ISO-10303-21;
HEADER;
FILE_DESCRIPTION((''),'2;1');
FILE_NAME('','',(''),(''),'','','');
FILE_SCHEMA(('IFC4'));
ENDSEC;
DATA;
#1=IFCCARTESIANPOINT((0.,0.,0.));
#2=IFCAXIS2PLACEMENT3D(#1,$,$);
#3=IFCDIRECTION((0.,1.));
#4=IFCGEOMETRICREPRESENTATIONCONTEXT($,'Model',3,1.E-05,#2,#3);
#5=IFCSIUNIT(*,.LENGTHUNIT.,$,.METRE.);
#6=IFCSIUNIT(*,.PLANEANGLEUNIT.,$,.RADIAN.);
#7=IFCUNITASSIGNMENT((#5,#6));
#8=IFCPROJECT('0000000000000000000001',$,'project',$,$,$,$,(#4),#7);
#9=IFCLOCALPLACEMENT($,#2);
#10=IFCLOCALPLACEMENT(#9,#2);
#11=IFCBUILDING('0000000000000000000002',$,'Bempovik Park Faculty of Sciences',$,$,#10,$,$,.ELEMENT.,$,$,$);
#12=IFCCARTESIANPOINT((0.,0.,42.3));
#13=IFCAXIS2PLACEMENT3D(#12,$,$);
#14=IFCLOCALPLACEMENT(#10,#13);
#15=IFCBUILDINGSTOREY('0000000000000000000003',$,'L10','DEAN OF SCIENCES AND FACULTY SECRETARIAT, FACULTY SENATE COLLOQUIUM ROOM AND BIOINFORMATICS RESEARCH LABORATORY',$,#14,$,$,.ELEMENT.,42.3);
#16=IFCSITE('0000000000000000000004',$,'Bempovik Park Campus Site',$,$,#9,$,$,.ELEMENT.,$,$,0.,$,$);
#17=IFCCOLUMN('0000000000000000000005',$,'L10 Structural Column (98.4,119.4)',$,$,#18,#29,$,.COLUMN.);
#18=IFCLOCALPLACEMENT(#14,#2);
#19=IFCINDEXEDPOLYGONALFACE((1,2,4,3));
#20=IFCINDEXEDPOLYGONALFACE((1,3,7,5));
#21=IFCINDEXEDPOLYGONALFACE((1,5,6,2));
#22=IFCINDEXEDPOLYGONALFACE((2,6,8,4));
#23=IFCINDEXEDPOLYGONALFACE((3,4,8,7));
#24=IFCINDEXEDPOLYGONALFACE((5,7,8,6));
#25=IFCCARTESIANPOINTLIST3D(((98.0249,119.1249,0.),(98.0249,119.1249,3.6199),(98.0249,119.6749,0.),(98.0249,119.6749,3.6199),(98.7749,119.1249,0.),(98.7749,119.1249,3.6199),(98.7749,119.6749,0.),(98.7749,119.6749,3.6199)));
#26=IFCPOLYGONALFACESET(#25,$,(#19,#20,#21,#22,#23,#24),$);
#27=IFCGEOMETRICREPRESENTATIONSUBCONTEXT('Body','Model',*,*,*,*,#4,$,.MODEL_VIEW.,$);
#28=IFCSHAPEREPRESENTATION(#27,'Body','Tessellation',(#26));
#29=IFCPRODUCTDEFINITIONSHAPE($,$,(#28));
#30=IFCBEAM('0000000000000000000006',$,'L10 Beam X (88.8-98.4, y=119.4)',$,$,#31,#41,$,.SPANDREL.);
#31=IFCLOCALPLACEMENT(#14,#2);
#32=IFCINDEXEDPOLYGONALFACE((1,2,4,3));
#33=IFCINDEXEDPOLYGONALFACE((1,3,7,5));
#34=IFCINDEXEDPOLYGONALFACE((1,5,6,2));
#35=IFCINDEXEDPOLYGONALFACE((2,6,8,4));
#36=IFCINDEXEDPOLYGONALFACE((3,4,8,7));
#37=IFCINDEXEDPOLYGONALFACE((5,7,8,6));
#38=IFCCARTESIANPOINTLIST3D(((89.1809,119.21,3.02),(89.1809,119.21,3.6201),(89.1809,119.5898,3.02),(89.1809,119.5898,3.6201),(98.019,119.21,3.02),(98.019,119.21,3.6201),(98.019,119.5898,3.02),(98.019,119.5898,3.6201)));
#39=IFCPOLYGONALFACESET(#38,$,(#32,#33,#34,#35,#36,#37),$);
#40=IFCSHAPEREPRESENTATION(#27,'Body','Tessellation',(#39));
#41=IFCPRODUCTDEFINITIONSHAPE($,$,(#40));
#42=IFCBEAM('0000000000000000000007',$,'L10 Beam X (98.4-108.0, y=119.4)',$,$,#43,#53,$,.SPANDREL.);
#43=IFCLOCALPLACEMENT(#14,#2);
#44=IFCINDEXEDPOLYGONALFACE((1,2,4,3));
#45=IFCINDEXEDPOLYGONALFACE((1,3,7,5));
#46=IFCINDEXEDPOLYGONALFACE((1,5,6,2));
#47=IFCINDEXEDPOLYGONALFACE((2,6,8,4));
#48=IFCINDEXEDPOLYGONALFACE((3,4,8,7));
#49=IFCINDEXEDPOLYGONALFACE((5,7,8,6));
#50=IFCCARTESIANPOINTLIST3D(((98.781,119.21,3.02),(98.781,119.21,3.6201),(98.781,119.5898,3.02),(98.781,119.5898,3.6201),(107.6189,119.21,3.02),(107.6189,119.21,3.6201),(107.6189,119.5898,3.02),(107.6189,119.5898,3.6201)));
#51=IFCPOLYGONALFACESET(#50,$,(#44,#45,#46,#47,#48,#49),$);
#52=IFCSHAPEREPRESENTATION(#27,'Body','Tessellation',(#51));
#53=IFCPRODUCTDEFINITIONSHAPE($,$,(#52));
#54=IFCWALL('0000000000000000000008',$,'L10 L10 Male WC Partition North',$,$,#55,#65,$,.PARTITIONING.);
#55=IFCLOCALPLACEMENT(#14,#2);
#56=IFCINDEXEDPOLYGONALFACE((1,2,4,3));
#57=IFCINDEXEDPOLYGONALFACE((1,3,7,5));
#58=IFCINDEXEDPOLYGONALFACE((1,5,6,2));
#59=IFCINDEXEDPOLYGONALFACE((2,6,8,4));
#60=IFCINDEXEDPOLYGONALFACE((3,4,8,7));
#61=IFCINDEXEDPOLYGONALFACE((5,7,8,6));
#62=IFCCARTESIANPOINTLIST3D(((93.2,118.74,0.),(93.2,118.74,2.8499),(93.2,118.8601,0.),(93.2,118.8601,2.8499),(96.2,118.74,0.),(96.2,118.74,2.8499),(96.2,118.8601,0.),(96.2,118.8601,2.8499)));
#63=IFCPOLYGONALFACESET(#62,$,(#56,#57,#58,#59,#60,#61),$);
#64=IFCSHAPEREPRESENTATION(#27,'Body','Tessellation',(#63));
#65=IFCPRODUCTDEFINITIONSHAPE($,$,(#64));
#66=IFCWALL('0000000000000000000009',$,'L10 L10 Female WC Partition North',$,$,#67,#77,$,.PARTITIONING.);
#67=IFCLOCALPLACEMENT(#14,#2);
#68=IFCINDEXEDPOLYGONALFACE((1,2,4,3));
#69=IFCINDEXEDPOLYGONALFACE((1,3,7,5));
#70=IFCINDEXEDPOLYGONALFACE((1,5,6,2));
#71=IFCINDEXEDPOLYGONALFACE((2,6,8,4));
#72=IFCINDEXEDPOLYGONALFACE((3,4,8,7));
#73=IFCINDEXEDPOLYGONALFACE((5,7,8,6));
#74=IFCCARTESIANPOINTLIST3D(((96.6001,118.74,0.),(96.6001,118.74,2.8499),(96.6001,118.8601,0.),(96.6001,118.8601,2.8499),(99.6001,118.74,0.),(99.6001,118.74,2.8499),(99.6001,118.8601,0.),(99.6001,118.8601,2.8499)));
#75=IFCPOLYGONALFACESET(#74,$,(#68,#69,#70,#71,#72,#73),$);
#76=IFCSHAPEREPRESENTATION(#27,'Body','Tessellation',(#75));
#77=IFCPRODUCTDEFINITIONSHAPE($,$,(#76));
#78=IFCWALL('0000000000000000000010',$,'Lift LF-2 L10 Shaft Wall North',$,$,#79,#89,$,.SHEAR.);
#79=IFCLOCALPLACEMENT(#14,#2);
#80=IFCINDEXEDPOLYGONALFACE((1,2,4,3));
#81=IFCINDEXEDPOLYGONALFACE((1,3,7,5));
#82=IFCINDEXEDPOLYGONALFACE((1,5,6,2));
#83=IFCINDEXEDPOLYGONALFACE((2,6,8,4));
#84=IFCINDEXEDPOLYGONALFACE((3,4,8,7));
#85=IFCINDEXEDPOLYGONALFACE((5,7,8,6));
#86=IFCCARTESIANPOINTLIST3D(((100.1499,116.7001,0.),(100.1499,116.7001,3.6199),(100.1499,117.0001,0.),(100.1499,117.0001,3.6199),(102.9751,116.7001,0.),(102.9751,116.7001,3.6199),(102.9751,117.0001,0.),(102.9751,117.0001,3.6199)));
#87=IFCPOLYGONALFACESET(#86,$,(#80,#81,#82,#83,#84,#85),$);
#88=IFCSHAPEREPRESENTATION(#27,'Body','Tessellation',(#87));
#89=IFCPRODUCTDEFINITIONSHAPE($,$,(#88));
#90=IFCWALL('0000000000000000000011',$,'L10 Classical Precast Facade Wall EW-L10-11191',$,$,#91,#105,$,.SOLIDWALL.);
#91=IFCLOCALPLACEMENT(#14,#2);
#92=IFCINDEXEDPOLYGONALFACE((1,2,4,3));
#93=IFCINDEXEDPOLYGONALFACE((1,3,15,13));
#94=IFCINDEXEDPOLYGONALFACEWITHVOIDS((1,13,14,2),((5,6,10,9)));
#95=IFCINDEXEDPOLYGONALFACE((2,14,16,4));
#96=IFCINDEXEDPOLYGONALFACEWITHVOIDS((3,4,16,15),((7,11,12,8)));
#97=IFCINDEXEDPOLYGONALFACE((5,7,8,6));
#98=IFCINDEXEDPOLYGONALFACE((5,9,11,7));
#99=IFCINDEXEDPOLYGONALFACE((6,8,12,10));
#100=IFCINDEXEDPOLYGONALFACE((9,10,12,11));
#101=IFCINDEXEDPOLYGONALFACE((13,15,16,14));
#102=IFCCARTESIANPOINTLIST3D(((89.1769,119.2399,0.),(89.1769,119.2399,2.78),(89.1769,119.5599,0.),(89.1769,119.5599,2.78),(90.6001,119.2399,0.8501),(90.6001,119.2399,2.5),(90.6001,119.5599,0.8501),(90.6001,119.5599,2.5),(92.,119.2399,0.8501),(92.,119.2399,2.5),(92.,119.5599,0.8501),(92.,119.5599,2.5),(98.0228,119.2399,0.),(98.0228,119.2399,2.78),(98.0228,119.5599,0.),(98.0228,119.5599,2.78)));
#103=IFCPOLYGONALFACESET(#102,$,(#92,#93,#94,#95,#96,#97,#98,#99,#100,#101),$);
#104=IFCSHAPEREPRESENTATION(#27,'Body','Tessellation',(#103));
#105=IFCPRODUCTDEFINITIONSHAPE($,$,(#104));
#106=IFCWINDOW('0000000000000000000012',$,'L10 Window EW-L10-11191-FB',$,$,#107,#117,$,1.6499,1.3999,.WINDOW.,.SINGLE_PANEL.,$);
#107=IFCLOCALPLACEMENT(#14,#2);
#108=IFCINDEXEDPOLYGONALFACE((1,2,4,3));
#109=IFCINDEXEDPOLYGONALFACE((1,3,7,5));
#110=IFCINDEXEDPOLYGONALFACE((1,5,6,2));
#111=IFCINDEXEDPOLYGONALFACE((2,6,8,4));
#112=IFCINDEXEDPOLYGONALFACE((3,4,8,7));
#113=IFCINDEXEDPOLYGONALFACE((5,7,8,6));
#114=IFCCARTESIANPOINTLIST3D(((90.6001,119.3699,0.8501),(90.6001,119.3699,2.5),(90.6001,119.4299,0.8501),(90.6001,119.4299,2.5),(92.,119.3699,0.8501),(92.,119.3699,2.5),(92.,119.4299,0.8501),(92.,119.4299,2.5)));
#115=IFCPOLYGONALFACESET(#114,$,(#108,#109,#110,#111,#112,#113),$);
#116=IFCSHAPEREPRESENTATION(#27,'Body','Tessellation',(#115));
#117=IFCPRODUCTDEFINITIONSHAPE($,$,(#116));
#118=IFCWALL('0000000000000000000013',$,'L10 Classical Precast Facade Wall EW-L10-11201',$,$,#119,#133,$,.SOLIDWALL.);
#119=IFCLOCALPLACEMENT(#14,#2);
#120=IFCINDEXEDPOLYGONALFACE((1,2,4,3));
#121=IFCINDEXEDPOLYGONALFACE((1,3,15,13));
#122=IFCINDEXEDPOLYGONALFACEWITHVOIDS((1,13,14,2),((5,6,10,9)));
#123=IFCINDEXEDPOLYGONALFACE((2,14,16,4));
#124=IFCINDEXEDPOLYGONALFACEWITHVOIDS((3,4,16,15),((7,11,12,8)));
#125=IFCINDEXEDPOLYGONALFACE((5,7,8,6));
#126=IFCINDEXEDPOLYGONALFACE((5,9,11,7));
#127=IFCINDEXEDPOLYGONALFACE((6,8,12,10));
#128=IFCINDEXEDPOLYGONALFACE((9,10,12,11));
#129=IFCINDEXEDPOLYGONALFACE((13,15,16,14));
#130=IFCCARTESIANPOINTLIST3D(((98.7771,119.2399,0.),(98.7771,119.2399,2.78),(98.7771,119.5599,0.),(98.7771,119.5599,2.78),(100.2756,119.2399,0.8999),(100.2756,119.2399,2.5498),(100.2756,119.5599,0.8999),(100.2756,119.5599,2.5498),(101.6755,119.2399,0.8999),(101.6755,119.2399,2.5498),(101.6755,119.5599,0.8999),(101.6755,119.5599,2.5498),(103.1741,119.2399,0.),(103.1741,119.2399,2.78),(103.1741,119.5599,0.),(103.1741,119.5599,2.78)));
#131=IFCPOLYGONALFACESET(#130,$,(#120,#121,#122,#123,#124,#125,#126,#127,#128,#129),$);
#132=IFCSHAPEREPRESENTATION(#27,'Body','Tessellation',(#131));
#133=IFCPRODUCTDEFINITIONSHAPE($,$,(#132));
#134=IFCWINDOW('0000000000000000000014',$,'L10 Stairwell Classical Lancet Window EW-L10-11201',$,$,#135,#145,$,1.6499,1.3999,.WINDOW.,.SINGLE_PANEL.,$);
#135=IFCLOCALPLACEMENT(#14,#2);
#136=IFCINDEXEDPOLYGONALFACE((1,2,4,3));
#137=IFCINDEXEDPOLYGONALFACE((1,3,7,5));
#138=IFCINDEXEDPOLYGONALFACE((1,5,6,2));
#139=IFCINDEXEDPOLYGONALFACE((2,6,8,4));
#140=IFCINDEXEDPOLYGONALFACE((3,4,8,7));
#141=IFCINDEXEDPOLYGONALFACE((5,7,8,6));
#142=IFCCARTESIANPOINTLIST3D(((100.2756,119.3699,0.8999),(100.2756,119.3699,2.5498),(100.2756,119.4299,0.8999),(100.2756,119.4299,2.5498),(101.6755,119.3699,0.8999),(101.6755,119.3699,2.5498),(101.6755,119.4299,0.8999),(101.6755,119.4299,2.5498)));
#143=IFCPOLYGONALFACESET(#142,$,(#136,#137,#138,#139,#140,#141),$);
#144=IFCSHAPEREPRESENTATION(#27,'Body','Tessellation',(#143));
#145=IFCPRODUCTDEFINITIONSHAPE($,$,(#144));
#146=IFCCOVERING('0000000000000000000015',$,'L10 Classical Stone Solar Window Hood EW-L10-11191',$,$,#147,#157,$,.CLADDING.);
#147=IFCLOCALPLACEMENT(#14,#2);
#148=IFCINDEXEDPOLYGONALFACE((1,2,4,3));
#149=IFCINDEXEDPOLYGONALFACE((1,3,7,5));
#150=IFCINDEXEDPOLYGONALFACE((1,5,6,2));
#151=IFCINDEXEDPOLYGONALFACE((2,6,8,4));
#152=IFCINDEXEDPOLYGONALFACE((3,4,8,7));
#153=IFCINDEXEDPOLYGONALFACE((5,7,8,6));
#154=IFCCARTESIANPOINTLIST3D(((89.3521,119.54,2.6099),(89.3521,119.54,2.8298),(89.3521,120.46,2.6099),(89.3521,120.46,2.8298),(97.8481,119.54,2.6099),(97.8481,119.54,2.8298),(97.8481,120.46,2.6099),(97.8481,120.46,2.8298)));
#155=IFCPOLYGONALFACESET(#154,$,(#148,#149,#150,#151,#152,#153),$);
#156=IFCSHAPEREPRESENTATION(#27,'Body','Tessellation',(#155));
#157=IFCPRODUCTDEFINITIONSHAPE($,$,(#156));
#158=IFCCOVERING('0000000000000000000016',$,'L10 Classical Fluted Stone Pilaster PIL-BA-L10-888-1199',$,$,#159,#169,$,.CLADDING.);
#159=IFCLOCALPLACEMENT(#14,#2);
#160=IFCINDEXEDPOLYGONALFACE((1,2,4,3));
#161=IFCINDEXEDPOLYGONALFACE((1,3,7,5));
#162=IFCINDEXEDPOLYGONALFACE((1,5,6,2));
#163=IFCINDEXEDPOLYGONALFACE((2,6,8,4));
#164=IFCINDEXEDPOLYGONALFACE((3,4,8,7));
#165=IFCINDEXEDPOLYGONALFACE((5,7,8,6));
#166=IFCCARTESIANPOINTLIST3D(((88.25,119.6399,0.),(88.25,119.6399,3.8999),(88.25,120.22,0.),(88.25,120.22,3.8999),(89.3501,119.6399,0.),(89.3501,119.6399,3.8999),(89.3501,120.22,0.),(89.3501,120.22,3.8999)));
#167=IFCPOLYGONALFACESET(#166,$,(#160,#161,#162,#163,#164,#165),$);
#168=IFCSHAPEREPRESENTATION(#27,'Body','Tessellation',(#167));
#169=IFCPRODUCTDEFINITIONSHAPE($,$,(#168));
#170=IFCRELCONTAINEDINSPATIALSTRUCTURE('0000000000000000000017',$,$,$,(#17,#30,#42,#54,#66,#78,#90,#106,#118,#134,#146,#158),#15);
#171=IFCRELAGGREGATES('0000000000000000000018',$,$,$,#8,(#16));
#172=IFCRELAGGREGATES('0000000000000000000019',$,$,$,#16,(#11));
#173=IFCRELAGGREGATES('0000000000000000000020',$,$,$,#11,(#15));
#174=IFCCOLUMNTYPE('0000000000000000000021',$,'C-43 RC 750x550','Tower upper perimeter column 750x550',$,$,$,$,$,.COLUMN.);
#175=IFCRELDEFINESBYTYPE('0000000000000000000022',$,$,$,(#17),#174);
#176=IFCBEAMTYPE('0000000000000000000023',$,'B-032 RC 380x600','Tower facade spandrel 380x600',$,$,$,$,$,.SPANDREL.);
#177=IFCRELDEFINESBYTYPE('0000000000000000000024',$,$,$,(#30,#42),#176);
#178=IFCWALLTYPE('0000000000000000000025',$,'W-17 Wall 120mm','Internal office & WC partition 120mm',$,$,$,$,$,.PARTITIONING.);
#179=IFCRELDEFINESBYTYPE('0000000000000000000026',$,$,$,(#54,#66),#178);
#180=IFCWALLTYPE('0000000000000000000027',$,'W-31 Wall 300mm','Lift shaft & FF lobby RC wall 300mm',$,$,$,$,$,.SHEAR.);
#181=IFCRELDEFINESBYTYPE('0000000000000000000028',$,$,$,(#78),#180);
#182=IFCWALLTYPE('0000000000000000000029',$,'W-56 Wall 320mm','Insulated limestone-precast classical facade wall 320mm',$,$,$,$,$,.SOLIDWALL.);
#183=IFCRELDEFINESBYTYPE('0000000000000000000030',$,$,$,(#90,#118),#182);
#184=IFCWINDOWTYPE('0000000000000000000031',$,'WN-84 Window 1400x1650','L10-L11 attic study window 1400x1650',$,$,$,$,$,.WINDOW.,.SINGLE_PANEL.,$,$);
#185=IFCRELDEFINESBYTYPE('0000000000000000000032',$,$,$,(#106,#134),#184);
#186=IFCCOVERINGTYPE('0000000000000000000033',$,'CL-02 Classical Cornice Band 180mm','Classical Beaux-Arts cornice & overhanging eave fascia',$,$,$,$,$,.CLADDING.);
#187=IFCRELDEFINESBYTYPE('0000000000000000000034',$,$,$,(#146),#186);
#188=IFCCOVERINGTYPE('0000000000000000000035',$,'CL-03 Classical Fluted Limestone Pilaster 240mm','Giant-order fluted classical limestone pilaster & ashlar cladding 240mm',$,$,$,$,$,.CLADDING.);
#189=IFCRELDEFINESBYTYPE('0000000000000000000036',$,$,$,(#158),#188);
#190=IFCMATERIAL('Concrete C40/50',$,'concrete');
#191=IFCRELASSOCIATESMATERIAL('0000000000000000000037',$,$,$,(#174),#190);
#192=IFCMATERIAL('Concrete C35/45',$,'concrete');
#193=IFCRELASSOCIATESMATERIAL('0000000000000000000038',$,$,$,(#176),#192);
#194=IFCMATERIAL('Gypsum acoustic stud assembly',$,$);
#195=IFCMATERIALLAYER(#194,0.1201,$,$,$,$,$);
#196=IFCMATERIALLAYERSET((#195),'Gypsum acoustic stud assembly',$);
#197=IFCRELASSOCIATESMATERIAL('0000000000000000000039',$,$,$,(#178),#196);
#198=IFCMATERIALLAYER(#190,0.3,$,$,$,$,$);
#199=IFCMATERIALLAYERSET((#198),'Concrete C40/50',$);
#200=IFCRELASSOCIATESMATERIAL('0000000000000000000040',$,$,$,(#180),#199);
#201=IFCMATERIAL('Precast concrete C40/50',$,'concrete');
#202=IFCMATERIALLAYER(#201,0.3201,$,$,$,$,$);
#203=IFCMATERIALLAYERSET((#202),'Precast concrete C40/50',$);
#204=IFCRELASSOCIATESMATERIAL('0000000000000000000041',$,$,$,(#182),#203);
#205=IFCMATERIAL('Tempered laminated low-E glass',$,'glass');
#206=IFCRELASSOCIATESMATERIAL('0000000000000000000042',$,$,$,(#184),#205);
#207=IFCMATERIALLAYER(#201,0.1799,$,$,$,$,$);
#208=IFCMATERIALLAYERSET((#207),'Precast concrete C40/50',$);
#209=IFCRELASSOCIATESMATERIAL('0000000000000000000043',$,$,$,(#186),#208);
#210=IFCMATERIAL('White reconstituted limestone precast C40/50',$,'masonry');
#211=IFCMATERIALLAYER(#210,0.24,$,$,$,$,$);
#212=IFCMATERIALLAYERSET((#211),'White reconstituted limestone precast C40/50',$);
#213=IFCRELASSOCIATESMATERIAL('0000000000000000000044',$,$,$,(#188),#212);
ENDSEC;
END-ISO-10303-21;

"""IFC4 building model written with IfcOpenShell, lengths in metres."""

from ifc_helpers import new_model, si_unit, direction, frame, frame_2d, origin, origin_2d, place, context, subcontext, project, spatial, rectangle, extrude, material, layer, layer_set, material_profile, profile_set, type_object, element, fill, save


model = new_model("IFC4")

# Units and contexts
model_context = context("Model", 3, precision=1e-05, world=origin(), true_north=direction((0.0, 1.0)))
body_context = subcontext(model_context, "Body", "Model", "MODEL_VIEW")
ifc_project = project(units=[si_unit("LENGTHUNIT", "METRE"), si_unit("PLANEANGLEUNIT", "RADIAN")], contexts=[model_context])

# Site, building, storey
site_placement = place(None, origin())
site = spatial("IfcSite", under=ifc_project, at=site_placement, Name="Bempovik Park Campus Site", CompositionType="ELEMENT", RefElevation=0.0)
building_placement = place(site_placement, origin())
building = spatial("IfcBuilding", under=site, at=building_placement, Name="Bempovik Park Faculty of Sciences", CompositionType="ELEMENT")
storey_placement = place(building_placement, frame((0.0, 0.0, 42.3)))
storey = spatial("IfcBuildingStorey", under=building, at=storey_placement, Name="L10", Description="DEAN OF SCIENCES AND FACULTY SECRETARIAT, FACULTY SENATE COLLOQUIUM ROOM AND BIOINFORMATICS RESEARCH LABORATORY", CompositionType="ELEMENT", Elevation=42.3)

# Column
ifc_material_1 = material(Name="Concrete C40/50", Category="concrete")
ifc_material_profile_1 = material_profile(ifc_material_1, rectangle(XDim=0.75, YDim=0.55, at=origin_2d()), Name="RC 750x550")
ifc_profile_set_1 = profile_set([ifc_material_profile_1], Name="Concrete C40/50")
column_type = type_object("IfcColumnType", Name="C-43 RC 750x550", Description="Tower upper perimeter column 750x550", PredefinedType="COLUMN", material=ifc_profile_set_1)
column_placement = place(storey_placement, frame((98.3999, 119.3999, 0.0), z_axis=(0.0, 0.0, 1.0), x_axis=(1.0, 0.0, 0.0)))
element("IfcColumn", 1, at=column_placement, inside=storey, type_object=column_type, Name="L10 Structural Column (98.4,119.4)", PredefinedType="COLUMN", context=body_context, shape_type="SweptSolid", body=[
    extrude(rectangle(XDim=0.75, YDim=0.55, at=origin_2d()), origin(), (0.0, 0.0, 1.0), 3.6199),
])

# Beams
ifc_material_2 = material(Name="Concrete C35/45", Category="concrete")
ifc_material_profile_2 = material_profile(ifc_material_2, rectangle(XDim=0.3799, YDim=0.6001, at=origin_2d()), Name="RC 380x600")
ifc_profile_set_2 = profile_set([ifc_material_profile_2], Name="Concrete C35/45")
beam_type = type_object("IfcBeamType", Name="B-032 RC 380x600", Description="Tower facade spandrel 380x600", PredefinedType="SPANDREL", material=ifc_profile_set_2)
beam_1_placement = place(storey_placement, frame((89.1809, 119.3999, 3.3201), z_axis=(1.0, 0.0, 0.0), x_axis=(0.0, 1.0, 0.0)))
element("IfcBeam", 2, at=beam_1_placement, inside=storey, type_object=beam_type, Name="L10 Beam X (88.8-98.4, y=119.4)", PredefinedType="SPANDREL", context=body_context, shape_type="SweptSolid", body=[
    extrude(rectangle(XDim=0.3799, YDim=0.6001, at=origin_2d()), origin(), (0.0, 0.0, 1.0), 8.8381),
])
beam_2_placement = place(storey_placement, frame((98.781, 119.3999, 3.3201), z_axis=(1.0, 0.0, 0.0), x_axis=(0.0, 1.0, 0.0)))
element("IfcBeam", 3, at=beam_2_placement, inside=storey, type_object=beam_type, Name="L10 Beam X (98.4-108.0, y=119.4)", PredefinedType="SPANDREL", context=body_context, shape_type="SweptSolid", body=[
    extrude(rectangle(XDim=0.3799, YDim=0.6001, at=origin_2d()), origin(), (0.0, 0.0, 1.0), 8.8379),
])

# Walls
ifc_material_3 = material(Name="Gypsum acoustic stud assembly")
ifc_layer_1 = layer(ifc_material_3, 0.1201)
ifc_layer_set_1 = layer_set([ifc_layer_1], Name="Gypsum acoustic stud assembly")
wall_type_1 = type_object("IfcWallType", Name="W-17 Wall 120mm", Description="Internal office & WC partition 120mm", PredefinedType="PARTITIONING", material=ifc_layer_set_1)
for number, where, z_axis, x_axis, name in (
    (4, (93.2, 118.8, 0.0), (0.0, 0.0, 1.0), (1.0, 0.0, 0.0), "L10 L10 Male WC Partition North"),
    (5, (96.6001, 118.8, 0.0), (0.0, 0.0, 1.0), (1.0, 0.0, 0.0), "L10 L10 Female WC Partition North"),
):
    element("IfcWall", number, at=place(storey_placement, frame(where, z_axis=z_axis, x_axis=x_axis)), inside=storey, type_object=wall_type_1, Name=name, PredefinedType="PARTITIONING", context=body_context, shape_type="SweptSolid", body=[
        extrude(rectangle(XDim=3.0, YDim=0.1201, at=frame_2d((1.5, 0.0))), origin(), (0.0, 0.0, 1.0), 2.8499),
    ])
ifc_layer_2 = layer(ifc_material_1, 0.3)
ifc_layer_set_2 = layer_set([ifc_layer_2], Name="Concrete C40/50")
wall_type_2 = type_object("IfcWallType", Name="W-31 Wall 300mm", Description="Lift shaft & FF lobby RC wall 300mm", PredefinedType="SHEAR", material=ifc_layer_set_2)
wall_1_placement = place(storey_placement, frame((100.1499, 116.8501, 0.0), z_axis=(0.0, 0.0, 1.0), x_axis=(1.0, 0.0, 0.0)))
element("IfcWall", 6, at=wall_1_placement, inside=storey, type_object=wall_type_2, Name="Lift LF-2 L10 Shaft Wall North", PredefinedType="SHEAR", context=body_context, shape_type="SweptSolid", body=[
    extrude(rectangle(XDim=2.8252, YDim=0.3, at=frame_2d((1.4126, 0.0))), origin(), (0.0, 0.0, 1.0), 3.6199),
])

# Walls, openings, windows
ifc_material_4 = material(Name="Precast concrete C40/50", Category="concrete")
ifc_layer_3 = layer(ifc_material_4, 0.3201)
ifc_layer_set_3 = layer_set([ifc_layer_3], Name="Precast concrete C40/50")
wall_type_3 = type_object("IfcWallType", Name="W-56 Wall 320mm", Description="Insulated limestone-precast classical facade wall 320mm", PredefinedType="SOLIDWALL", material=ifc_layer_set_3)
wall_2_placement = place(storey_placement, frame((89.177, 119.3999, 0.0), z_axis=(0.0, 0.0, 1.0), x_axis=(1.0, 0.0, 0.0)))
wall_2 = element("IfcWall", 7, at=wall_2_placement, inside=storey, type_object=wall_type_3, Name="L10 Classical Precast Facade Wall EW-L10-11191", PredefinedType="SOLIDWALL", context=body_context, shape_type="SweptSolid", body=[
    extrude(rectangle(XDim=8.8459, YDim=0.3201, at=frame_2d((4.4229, 0.0))), origin(), (0.0, 0.0, 1.0), 2.78),
])
opening_1_placement = place(wall_2_placement, frame((1.4231, 0.0, 0.8501)))
opening_1 = element("IfcOpeningElement", 8, at=opening_1_placement, cuts=wall_2, PredefinedType="OPENING", context=body_context, shape_type="SweptSolid", body=[
    extrude(rectangle(XDim=1.3999, YDim=1.6499, at=frame_2d((0.7, 0.825))), frame((0.0, 0.1699, 0.0), z_axis=(0.0, -1.0, 0.0), x_axis=(1.0, 0.0, 0.0)), (0.0, 0.0, 1.0), 0.3401),
])
ifc_material_5 = material(Name="Tempered laminated low-E glass", Category="glass")
window_type = type_object("IfcWindowType", Name="WN-84 Window 1400x1650", Description="L10-L11 attic study window 1400x1650", PartitioningType="SINGLE_PANEL", PredefinedType="WINDOW", material=ifc_material_5)
window_1_placement = place(opening_1_placement, origin())
window_1 = element("IfcWindow", 9, at=window_1_placement, inside=storey, type_object=window_type, Name="L10 Window EW-L10-11191-FB", OverallHeight=1.6499, OverallWidth=1.3999, PartitioningType="SINGLE_PANEL", PredefinedType="WINDOW", context=body_context, shape_type="SweptSolid", body=[
    extrude(rectangle(XDim=1.3999, YDim=1.6499, at=frame_2d((0.7, 0.825))), frame((0.0, 0.03, 0.0), z_axis=(0.0, -1.0, 0.0), x_axis=(1.0, 0.0, 0.0)), (0.0, 0.0, 1.0), 0.0601),
])
fill(opening_1, window_1)
wall_3_placement = place(storey_placement, frame((98.7771, 119.3999, 0.0), z_axis=(0.0, 0.0, 1.0), x_axis=(1.0, 0.0, 0.0)))
wall_3 = element("IfcWall", 10, at=wall_3_placement, inside=storey, type_object=wall_type_3, Name="L10 Classical Precast Facade Wall EW-L10-11201", PredefinedType="SOLIDWALL", context=body_context, shape_type="SweptSolid", body=[
    extrude(rectangle(XDim=4.397, YDim=0.3201, at=frame_2d((2.1985, 0.0))), origin(), (0.0, 0.0, 1.0), 2.78),
])
opening_2_placement = place(wall_3_placement, frame((1.4985, 0.0, 0.8999)))
opening_2 = element("IfcOpeningElement", 11, at=opening_2_placement, cuts=wall_3, PredefinedType="OPENING", context=body_context, shape_type="SweptSolid", body=[
    extrude(rectangle(XDim=1.3999, YDim=1.6499, at=frame_2d((0.7, 0.825))), frame((0.0, 0.1699, 0.0), z_axis=(0.0, -1.0, 0.0), x_axis=(1.0, 0.0, 0.0)), (0.0, 0.0, 1.0), 0.3401),
])
window_2_placement = place(opening_2_placement, origin())
window_2 = element("IfcWindow", 12, at=window_2_placement, inside=storey, type_object=window_type, Name="L10 Stairwell Classical Lancet Window EW-L10-11201", OverallHeight=1.6499, OverallWidth=1.3999, PartitioningType="SINGLE_PANEL", PredefinedType="WINDOW", context=body_context, shape_type="SweptSolid", body=[
    extrude(rectangle(XDim=1.3999, YDim=1.6499, at=frame_2d((0.7, 0.825))), frame((0.0, 0.03, 0.0), z_axis=(0.0, -1.0, 0.0), x_axis=(1.0, 0.0, 0.0)), (0.0, 0.0, 1.0), 0.0601),
])
fill(opening_2, window_2)

# Coverings
ifc_layer_4 = layer(ifc_material_4, 0.1799)
ifc_layer_set_4 = layer_set([ifc_layer_4], Name="Precast concrete C40/50")
covering_type_1 = type_object("IfcCoveringType", Name="CL-02 Classical Cornice Band 180mm", Description="Classical Beaux-Arts cornice & overhanging eave fascia", PredefinedType="CLADDING", material=ifc_layer_set_4)
covering_1_placement = place(storey_placement, frame((93.6001, 120.0, 2.6099), z_axis=(0.0, 0.0, 1.0), x_axis=(1.0, 0.0, 0.0)))
element("IfcCovering", 13, at=covering_1_placement, inside=storey, type_object=covering_type_1, Name="L10 Classical Stone Solar Window Hood EW-L10-11191", PredefinedType="CLADDING", context=body_context, shape_type="SweptSolid", body=[
    extrude(rectangle(XDim=8.4961, YDim=0.9199, at=origin_2d()), origin(), (0.0, 0.0, 1.0), 0.22),
])
ifc_material_6 = material(Name="White reconstituted limestone precast C40/50", Category="masonry")
ifc_layer_5 = layer(ifc_material_6, 0.24)
ifc_layer_set_5 = layer_set([ifc_layer_5], Name="White reconstituted limestone precast C40/50")
covering_type_2 = type_object("IfcCoveringType", Name="CL-03 Classical Fluted Limestone Pilaster 240mm", Description="Giant-order fluted classical limestone pilaster & ashlar cladding 240mm", PredefinedType="CLADDING", material=ifc_layer_set_5)
covering_2_placement = place(storey_placement, frame((88.8, 119.9299, 0.0), z_axis=(0.0, 0.0, 1.0), x_axis=(1.0, 0.0, 0.0)))
element("IfcCovering", 14, at=covering_2_placement, inside=storey, type_object=covering_type_2, Name="L10 Classical Fluted Stone Pilaster PIL-BA-L10-888-1199", PredefinedType="CLADDING", context=body_context, shape_type="SweptSolid", body=[
    extrude(rectangle(XDim=1.1001, YDim=0.5801, at=origin_2d()), origin(), (0.0, 0.0, 1.0), 3.8999),
])

save(model, "model.ifc")
